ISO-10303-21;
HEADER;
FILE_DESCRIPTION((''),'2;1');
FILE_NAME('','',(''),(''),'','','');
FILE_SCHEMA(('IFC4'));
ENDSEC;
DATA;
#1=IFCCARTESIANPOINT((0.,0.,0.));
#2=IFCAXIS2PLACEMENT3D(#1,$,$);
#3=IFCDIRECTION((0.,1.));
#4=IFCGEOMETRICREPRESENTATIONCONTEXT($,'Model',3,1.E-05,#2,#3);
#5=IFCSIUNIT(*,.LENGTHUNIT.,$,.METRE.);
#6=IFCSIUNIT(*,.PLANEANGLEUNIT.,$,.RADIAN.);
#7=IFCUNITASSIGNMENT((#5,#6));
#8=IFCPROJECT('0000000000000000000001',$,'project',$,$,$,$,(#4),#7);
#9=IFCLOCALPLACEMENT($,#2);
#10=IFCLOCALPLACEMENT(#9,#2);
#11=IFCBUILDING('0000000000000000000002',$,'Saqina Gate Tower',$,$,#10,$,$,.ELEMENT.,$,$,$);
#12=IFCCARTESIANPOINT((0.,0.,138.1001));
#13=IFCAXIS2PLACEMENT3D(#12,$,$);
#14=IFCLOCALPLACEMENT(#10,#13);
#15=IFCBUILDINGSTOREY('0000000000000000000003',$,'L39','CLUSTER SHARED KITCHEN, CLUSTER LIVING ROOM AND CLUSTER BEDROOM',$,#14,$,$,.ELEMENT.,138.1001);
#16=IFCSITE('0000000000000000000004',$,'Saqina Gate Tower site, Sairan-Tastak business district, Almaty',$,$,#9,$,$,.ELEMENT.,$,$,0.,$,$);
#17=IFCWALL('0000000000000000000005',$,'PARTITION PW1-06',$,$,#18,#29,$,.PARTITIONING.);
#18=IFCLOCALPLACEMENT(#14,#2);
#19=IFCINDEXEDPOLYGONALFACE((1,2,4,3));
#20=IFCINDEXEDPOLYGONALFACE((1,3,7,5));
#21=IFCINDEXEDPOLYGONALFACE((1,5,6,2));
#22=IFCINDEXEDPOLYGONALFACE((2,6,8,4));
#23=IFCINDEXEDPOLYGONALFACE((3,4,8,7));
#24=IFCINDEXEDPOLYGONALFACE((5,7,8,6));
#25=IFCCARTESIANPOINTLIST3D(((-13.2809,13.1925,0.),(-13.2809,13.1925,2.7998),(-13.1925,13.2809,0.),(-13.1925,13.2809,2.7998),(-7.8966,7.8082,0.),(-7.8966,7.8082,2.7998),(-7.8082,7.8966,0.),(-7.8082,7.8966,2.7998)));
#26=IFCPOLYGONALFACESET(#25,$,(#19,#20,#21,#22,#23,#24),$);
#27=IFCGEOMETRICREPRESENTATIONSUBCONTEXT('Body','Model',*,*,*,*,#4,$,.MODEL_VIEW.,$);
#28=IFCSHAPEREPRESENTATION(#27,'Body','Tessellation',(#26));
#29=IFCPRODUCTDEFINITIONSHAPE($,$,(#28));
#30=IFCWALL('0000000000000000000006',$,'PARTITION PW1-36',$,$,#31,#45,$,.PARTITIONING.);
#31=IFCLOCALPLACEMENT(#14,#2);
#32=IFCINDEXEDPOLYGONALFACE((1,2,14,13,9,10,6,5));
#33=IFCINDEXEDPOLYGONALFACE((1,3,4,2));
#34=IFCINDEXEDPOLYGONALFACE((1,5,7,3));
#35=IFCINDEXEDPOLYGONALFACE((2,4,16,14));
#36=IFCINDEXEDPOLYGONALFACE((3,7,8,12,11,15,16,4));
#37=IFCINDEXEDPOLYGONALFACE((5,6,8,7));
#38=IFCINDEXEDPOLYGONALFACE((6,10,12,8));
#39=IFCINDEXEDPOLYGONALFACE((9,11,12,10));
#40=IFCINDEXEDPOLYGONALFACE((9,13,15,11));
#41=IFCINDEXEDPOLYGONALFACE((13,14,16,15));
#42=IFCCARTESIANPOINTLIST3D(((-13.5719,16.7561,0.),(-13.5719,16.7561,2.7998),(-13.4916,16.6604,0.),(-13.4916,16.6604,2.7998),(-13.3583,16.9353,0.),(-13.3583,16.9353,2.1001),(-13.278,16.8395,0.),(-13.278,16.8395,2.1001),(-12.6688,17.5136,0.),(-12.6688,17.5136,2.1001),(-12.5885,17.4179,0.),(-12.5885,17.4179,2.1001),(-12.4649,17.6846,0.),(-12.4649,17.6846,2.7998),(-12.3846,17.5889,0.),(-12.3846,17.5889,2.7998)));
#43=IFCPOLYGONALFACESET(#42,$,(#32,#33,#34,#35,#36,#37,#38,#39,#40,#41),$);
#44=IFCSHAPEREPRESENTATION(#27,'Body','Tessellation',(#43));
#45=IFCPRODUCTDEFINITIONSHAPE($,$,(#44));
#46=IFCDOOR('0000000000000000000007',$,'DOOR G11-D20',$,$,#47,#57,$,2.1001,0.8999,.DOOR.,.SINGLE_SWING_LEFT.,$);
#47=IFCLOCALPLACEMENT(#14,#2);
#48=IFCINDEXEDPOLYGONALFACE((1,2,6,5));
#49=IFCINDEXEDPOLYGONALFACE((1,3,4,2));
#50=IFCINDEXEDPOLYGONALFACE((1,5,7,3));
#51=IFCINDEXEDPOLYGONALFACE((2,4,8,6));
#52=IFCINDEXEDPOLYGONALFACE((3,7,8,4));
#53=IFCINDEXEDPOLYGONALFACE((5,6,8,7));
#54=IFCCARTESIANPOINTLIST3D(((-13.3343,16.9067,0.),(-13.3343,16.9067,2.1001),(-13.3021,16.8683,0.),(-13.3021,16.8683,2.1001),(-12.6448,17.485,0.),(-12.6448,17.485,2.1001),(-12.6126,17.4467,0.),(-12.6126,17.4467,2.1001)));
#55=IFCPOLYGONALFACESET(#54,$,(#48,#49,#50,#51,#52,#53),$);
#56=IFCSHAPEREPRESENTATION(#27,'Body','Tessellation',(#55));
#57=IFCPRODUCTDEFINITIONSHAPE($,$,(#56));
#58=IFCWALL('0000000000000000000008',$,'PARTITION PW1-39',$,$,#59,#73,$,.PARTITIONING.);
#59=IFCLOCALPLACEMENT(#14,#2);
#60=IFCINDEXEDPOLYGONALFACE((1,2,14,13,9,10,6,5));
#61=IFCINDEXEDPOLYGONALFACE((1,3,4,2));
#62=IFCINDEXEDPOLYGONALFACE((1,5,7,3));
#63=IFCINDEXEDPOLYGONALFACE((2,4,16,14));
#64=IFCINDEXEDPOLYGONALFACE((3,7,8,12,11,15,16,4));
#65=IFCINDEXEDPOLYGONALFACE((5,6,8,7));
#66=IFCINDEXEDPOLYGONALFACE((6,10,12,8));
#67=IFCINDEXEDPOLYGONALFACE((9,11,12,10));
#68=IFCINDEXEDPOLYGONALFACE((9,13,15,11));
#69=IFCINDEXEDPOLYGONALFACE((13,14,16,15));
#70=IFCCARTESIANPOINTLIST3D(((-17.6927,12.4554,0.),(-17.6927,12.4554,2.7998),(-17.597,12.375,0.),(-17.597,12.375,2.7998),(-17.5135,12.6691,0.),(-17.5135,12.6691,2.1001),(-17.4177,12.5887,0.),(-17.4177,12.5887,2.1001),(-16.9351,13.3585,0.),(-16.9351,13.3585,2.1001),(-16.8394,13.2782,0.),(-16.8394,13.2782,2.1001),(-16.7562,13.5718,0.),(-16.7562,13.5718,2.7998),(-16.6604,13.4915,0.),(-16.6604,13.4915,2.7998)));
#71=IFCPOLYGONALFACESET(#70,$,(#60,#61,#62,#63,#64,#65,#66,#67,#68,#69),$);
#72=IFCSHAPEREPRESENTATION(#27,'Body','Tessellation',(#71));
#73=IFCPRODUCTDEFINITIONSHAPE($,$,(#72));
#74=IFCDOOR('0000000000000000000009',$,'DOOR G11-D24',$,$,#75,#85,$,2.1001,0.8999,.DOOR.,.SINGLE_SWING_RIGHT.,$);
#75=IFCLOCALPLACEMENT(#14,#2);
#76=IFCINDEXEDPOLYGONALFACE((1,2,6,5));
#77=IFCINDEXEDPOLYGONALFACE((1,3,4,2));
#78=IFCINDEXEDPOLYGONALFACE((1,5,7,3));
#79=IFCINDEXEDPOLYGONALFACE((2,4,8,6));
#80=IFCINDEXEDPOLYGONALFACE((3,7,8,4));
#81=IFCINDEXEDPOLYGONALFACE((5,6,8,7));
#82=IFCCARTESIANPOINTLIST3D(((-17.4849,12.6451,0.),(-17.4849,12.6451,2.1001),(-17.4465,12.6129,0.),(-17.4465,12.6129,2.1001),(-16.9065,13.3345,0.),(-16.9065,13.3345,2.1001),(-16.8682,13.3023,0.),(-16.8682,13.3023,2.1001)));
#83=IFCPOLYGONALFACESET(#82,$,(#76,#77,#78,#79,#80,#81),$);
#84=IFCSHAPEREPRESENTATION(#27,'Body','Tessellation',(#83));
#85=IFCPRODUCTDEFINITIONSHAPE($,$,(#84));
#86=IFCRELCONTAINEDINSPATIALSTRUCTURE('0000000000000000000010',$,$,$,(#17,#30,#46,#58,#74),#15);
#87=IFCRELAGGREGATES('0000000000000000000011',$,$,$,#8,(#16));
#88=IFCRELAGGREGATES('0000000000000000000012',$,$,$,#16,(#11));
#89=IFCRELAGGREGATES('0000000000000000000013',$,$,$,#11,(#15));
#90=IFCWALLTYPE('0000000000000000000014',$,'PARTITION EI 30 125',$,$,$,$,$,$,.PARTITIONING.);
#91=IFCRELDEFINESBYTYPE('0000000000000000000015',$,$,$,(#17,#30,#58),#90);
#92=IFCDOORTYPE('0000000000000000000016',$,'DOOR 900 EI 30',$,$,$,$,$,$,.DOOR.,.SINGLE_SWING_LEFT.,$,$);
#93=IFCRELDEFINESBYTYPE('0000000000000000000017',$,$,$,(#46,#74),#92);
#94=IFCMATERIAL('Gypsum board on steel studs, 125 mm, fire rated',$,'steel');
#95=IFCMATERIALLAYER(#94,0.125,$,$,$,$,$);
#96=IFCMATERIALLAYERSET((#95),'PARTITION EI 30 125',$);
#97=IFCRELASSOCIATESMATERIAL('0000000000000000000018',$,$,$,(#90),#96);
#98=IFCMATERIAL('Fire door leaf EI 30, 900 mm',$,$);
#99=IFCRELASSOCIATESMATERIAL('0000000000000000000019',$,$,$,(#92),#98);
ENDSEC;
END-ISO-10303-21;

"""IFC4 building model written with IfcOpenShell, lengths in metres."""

from ifc_helpers import new_model, si_unit, direction, frame, frame_2d, origin, place, context, subcontext, project, spatial, rectangle, extrude, material, layer, layer_set, type_object, element, fill, save


model = new_model("IFC4")

# Units and contexts
model_context = context("Model", 3, precision=1e-05, world=origin(), true_north=direction((0.0, 1.0)))
body_context = subcontext(model_context, "Body", "Model", "MODEL_VIEW")
ifc_project = project(units=[si_unit("LENGTHUNIT", "METRE"), si_unit("PLANEANGLEUNIT", "RADIAN")], contexts=[model_context])

# Site, building, storey
site_placement = place(None, origin())
site = spatial("IfcSite", under=ifc_project, at=site_placement, Name="Saqina Gate Tower site, Sairan-Tastak business district, Almaty", CompositionType="ELEMENT", RefElevation=0.0)
building_placement = place(site_placement, origin())
building = spatial("IfcBuilding", under=site, at=building_placement, Name="Saqina Gate Tower", CompositionType="ELEMENT")
storey_placement = place(building_placement, frame((0.0, 0.0, 138.1001)))
storey = spatial("IfcBuildingStorey", under=building, at=storey_placement, Name="L39", Description="CLUSTER SHARED KITCHEN, CLUSTER LIVING ROOM AND CLUSTER BEDROOM", CompositionType="ELEMENT", Elevation=138.1001)

# Wall
ifc_material_1 = material(Name="Gypsum board on steel studs, 125 mm, fire rated", Category="steel")
ifc_layer_1 = layer(ifc_material_1, 0.125)
ifc_layer_set_1 = layer_set([ifc_layer_1], Name="PARTITION EI 30 125")
wall_type_1 = type_object("IfcWallType", Name="PARTITION EI 30 125", PredefinedType="PARTITIONING", material=ifc_layer_set_1)
wall_1_placement = place(storey_placement, frame((-13.2366, 13.2366, 0.0), z_axis=(0.0, 0.0, 1.0), x_axis=(0.707107, -0.707107, 0.0)))
element("IfcWall", 1, at=wall_1_placement, inside=storey, type_object=wall_type_1, Name="PARTITION PW1-06", PredefinedType="PARTITIONING", context=body_context, shape_type="SweptSolid", body=[
    extrude(rectangle(XDim=7.6145, YDim=0.125, at=frame_2d((3.8071, 0.0))), origin(), (0.0, 0.0, 1.0), 2.7998),
])

# Walls, openings, doors
wall_2_placement = place(storey_placement, frame((-13.5317, 16.7083, 0.0), z_axis=(0.0, 0.0, 1.0), x_axis=(0.766167, 0.642641, 0.0)))
wall_2 = element("IfcWall", 2, at=wall_2_placement, inside=storey, type_object=wall_type_1, Name="PARTITION PW1-36", PredefinedType="PARTITIONING", context=body_context, shape_type="SweptSolid", body=[
    extrude(rectangle(XDim=1.4448, YDim=0.125, at=frame_2d((0.7224, 0.0))), origin(), (0.0, 0.0, 1.0), 2.7998),
])
opening_1_placement = place(wall_2_placement, frame((0.2788, 0.0, 0.0)))
opening_1 = element("IfcOpeningElement", 3, at=opening_1_placement, cuts=wall_2, PredefinedType="OPENING", context=body_context, shape_type="SweptSolid", body=[
    extrude(rectangle(XDim=0.8999, YDim=2.1001, at=frame_2d((0.45, 1.05))), frame((0.0, 0.0745, 0.0), z_axis=(0.0, -1.0, 0.0), x_axis=(1.0, 0.0, 0.0)), (0.0, 0.0, 1.0), 0.1489),
])
ifc_material_2 = material(Name="Fire door leaf EI 30, 900 mm")
door_type_1 = type_object("IfcDoorType", Name="DOOR 900 EI 30", OperationType="SINGLE_SWING_LEFT", PredefinedType="DOOR", material=ifc_material_2)
door_1_placement = place(opening_1_placement, frame((0.8999, 0.0, 0.0), z_axis=(0.0, 0.0, 1.0), x_axis=(-1.0, 0.0, 0.0)))
door_1 = element("IfcDoor", 4, at=door_1_placement, inside=storey, type_object=door_type_1, Name="DOOR G11-D20", OperationType="SINGLE_SWING_LEFT", OverallHeight=2.1001, OverallWidth=0.8999, PredefinedType="DOOR", context=body_context, shape_type="SweptSolid", body=[
    extrude(rectangle(XDim=0.8999, YDim=2.1001, at=frame_2d((0.45, 1.05))), frame((0.0, 0.0249, 0.0), z_axis=(0.0, -1.0, 0.0), x_axis=(1.0, 0.0, 0.0)), (0.0, 0.0, 1.0), 0.05),
])
fill(opening_1, door_1)
wall_3_placement = place(storey_placement, frame((-17.6448, 12.4153, 0.0), z_axis=(0.0, 0.0, 1.0), x_axis=(0.642669, 0.766144, 0.0)))
wall_3 = element("IfcWall", 5, at=wall_3_placement, inside=storey, type_object=wall_type_1, Name="PARTITION PW1-39", PredefinedType="PARTITIONING", context=body_context, shape_type="SweptSolid", body=[
    extrude(rectangle(XDim=1.4573, YDim=0.125, at=frame_2d((0.7285, 0.0))), origin(), (0.0, 0.0, 1.0), 2.7998),
])
opening_2_placement = place(wall_3_placement, frame((0.2788, 0.0, 0.0)))
opening_2 = element("IfcOpeningElement", 6, at=opening_2_placement, cuts=wall_3, PredefinedType="OPENING", context=body_context, shape_type="SweptSolid", body=[
    extrude(rectangle(XDim=0.8999, YDim=2.1001, at=frame_2d((0.45, 1.05))), frame((0.0, 0.0745, 0.0), z_axis=(0.0, -1.0, 0.0), x_axis=(1.0, 0.0, 0.0)), (0.0, 0.0, 1.0), 0.1489),
])
door_2_placement = place(opening_2_placement, frame((0.8999, 0.0, 0.0), z_axis=(0.0, 0.0, 1.0), x_axis=(-1.0, 0.0, 0.0)))
door_2 = element("IfcDoor", 7, at=door_2_placement, inside=storey, type_object=door_type_1, Name="DOOR G11-D24", OperationType="SINGLE_SWING_RIGHT", OverallHeight=2.1001, OverallWidth=0.8999, PredefinedType="DOOR", context=body_context, shape_type="SweptSolid", body=[
    extrude(rectangle(XDim=0.8999, YDim=2.1001, at=frame_2d((0.45, 1.05))), frame((0.0, 0.0249, 0.0), z_axis=(0.0, -1.0, 0.0), x_axis=(1.0, 0.0, 0.0)), (0.0, 0.0, 1.0), 0.05),
])
fill(opening_2, door_2)

save(model, "model.ifc")
